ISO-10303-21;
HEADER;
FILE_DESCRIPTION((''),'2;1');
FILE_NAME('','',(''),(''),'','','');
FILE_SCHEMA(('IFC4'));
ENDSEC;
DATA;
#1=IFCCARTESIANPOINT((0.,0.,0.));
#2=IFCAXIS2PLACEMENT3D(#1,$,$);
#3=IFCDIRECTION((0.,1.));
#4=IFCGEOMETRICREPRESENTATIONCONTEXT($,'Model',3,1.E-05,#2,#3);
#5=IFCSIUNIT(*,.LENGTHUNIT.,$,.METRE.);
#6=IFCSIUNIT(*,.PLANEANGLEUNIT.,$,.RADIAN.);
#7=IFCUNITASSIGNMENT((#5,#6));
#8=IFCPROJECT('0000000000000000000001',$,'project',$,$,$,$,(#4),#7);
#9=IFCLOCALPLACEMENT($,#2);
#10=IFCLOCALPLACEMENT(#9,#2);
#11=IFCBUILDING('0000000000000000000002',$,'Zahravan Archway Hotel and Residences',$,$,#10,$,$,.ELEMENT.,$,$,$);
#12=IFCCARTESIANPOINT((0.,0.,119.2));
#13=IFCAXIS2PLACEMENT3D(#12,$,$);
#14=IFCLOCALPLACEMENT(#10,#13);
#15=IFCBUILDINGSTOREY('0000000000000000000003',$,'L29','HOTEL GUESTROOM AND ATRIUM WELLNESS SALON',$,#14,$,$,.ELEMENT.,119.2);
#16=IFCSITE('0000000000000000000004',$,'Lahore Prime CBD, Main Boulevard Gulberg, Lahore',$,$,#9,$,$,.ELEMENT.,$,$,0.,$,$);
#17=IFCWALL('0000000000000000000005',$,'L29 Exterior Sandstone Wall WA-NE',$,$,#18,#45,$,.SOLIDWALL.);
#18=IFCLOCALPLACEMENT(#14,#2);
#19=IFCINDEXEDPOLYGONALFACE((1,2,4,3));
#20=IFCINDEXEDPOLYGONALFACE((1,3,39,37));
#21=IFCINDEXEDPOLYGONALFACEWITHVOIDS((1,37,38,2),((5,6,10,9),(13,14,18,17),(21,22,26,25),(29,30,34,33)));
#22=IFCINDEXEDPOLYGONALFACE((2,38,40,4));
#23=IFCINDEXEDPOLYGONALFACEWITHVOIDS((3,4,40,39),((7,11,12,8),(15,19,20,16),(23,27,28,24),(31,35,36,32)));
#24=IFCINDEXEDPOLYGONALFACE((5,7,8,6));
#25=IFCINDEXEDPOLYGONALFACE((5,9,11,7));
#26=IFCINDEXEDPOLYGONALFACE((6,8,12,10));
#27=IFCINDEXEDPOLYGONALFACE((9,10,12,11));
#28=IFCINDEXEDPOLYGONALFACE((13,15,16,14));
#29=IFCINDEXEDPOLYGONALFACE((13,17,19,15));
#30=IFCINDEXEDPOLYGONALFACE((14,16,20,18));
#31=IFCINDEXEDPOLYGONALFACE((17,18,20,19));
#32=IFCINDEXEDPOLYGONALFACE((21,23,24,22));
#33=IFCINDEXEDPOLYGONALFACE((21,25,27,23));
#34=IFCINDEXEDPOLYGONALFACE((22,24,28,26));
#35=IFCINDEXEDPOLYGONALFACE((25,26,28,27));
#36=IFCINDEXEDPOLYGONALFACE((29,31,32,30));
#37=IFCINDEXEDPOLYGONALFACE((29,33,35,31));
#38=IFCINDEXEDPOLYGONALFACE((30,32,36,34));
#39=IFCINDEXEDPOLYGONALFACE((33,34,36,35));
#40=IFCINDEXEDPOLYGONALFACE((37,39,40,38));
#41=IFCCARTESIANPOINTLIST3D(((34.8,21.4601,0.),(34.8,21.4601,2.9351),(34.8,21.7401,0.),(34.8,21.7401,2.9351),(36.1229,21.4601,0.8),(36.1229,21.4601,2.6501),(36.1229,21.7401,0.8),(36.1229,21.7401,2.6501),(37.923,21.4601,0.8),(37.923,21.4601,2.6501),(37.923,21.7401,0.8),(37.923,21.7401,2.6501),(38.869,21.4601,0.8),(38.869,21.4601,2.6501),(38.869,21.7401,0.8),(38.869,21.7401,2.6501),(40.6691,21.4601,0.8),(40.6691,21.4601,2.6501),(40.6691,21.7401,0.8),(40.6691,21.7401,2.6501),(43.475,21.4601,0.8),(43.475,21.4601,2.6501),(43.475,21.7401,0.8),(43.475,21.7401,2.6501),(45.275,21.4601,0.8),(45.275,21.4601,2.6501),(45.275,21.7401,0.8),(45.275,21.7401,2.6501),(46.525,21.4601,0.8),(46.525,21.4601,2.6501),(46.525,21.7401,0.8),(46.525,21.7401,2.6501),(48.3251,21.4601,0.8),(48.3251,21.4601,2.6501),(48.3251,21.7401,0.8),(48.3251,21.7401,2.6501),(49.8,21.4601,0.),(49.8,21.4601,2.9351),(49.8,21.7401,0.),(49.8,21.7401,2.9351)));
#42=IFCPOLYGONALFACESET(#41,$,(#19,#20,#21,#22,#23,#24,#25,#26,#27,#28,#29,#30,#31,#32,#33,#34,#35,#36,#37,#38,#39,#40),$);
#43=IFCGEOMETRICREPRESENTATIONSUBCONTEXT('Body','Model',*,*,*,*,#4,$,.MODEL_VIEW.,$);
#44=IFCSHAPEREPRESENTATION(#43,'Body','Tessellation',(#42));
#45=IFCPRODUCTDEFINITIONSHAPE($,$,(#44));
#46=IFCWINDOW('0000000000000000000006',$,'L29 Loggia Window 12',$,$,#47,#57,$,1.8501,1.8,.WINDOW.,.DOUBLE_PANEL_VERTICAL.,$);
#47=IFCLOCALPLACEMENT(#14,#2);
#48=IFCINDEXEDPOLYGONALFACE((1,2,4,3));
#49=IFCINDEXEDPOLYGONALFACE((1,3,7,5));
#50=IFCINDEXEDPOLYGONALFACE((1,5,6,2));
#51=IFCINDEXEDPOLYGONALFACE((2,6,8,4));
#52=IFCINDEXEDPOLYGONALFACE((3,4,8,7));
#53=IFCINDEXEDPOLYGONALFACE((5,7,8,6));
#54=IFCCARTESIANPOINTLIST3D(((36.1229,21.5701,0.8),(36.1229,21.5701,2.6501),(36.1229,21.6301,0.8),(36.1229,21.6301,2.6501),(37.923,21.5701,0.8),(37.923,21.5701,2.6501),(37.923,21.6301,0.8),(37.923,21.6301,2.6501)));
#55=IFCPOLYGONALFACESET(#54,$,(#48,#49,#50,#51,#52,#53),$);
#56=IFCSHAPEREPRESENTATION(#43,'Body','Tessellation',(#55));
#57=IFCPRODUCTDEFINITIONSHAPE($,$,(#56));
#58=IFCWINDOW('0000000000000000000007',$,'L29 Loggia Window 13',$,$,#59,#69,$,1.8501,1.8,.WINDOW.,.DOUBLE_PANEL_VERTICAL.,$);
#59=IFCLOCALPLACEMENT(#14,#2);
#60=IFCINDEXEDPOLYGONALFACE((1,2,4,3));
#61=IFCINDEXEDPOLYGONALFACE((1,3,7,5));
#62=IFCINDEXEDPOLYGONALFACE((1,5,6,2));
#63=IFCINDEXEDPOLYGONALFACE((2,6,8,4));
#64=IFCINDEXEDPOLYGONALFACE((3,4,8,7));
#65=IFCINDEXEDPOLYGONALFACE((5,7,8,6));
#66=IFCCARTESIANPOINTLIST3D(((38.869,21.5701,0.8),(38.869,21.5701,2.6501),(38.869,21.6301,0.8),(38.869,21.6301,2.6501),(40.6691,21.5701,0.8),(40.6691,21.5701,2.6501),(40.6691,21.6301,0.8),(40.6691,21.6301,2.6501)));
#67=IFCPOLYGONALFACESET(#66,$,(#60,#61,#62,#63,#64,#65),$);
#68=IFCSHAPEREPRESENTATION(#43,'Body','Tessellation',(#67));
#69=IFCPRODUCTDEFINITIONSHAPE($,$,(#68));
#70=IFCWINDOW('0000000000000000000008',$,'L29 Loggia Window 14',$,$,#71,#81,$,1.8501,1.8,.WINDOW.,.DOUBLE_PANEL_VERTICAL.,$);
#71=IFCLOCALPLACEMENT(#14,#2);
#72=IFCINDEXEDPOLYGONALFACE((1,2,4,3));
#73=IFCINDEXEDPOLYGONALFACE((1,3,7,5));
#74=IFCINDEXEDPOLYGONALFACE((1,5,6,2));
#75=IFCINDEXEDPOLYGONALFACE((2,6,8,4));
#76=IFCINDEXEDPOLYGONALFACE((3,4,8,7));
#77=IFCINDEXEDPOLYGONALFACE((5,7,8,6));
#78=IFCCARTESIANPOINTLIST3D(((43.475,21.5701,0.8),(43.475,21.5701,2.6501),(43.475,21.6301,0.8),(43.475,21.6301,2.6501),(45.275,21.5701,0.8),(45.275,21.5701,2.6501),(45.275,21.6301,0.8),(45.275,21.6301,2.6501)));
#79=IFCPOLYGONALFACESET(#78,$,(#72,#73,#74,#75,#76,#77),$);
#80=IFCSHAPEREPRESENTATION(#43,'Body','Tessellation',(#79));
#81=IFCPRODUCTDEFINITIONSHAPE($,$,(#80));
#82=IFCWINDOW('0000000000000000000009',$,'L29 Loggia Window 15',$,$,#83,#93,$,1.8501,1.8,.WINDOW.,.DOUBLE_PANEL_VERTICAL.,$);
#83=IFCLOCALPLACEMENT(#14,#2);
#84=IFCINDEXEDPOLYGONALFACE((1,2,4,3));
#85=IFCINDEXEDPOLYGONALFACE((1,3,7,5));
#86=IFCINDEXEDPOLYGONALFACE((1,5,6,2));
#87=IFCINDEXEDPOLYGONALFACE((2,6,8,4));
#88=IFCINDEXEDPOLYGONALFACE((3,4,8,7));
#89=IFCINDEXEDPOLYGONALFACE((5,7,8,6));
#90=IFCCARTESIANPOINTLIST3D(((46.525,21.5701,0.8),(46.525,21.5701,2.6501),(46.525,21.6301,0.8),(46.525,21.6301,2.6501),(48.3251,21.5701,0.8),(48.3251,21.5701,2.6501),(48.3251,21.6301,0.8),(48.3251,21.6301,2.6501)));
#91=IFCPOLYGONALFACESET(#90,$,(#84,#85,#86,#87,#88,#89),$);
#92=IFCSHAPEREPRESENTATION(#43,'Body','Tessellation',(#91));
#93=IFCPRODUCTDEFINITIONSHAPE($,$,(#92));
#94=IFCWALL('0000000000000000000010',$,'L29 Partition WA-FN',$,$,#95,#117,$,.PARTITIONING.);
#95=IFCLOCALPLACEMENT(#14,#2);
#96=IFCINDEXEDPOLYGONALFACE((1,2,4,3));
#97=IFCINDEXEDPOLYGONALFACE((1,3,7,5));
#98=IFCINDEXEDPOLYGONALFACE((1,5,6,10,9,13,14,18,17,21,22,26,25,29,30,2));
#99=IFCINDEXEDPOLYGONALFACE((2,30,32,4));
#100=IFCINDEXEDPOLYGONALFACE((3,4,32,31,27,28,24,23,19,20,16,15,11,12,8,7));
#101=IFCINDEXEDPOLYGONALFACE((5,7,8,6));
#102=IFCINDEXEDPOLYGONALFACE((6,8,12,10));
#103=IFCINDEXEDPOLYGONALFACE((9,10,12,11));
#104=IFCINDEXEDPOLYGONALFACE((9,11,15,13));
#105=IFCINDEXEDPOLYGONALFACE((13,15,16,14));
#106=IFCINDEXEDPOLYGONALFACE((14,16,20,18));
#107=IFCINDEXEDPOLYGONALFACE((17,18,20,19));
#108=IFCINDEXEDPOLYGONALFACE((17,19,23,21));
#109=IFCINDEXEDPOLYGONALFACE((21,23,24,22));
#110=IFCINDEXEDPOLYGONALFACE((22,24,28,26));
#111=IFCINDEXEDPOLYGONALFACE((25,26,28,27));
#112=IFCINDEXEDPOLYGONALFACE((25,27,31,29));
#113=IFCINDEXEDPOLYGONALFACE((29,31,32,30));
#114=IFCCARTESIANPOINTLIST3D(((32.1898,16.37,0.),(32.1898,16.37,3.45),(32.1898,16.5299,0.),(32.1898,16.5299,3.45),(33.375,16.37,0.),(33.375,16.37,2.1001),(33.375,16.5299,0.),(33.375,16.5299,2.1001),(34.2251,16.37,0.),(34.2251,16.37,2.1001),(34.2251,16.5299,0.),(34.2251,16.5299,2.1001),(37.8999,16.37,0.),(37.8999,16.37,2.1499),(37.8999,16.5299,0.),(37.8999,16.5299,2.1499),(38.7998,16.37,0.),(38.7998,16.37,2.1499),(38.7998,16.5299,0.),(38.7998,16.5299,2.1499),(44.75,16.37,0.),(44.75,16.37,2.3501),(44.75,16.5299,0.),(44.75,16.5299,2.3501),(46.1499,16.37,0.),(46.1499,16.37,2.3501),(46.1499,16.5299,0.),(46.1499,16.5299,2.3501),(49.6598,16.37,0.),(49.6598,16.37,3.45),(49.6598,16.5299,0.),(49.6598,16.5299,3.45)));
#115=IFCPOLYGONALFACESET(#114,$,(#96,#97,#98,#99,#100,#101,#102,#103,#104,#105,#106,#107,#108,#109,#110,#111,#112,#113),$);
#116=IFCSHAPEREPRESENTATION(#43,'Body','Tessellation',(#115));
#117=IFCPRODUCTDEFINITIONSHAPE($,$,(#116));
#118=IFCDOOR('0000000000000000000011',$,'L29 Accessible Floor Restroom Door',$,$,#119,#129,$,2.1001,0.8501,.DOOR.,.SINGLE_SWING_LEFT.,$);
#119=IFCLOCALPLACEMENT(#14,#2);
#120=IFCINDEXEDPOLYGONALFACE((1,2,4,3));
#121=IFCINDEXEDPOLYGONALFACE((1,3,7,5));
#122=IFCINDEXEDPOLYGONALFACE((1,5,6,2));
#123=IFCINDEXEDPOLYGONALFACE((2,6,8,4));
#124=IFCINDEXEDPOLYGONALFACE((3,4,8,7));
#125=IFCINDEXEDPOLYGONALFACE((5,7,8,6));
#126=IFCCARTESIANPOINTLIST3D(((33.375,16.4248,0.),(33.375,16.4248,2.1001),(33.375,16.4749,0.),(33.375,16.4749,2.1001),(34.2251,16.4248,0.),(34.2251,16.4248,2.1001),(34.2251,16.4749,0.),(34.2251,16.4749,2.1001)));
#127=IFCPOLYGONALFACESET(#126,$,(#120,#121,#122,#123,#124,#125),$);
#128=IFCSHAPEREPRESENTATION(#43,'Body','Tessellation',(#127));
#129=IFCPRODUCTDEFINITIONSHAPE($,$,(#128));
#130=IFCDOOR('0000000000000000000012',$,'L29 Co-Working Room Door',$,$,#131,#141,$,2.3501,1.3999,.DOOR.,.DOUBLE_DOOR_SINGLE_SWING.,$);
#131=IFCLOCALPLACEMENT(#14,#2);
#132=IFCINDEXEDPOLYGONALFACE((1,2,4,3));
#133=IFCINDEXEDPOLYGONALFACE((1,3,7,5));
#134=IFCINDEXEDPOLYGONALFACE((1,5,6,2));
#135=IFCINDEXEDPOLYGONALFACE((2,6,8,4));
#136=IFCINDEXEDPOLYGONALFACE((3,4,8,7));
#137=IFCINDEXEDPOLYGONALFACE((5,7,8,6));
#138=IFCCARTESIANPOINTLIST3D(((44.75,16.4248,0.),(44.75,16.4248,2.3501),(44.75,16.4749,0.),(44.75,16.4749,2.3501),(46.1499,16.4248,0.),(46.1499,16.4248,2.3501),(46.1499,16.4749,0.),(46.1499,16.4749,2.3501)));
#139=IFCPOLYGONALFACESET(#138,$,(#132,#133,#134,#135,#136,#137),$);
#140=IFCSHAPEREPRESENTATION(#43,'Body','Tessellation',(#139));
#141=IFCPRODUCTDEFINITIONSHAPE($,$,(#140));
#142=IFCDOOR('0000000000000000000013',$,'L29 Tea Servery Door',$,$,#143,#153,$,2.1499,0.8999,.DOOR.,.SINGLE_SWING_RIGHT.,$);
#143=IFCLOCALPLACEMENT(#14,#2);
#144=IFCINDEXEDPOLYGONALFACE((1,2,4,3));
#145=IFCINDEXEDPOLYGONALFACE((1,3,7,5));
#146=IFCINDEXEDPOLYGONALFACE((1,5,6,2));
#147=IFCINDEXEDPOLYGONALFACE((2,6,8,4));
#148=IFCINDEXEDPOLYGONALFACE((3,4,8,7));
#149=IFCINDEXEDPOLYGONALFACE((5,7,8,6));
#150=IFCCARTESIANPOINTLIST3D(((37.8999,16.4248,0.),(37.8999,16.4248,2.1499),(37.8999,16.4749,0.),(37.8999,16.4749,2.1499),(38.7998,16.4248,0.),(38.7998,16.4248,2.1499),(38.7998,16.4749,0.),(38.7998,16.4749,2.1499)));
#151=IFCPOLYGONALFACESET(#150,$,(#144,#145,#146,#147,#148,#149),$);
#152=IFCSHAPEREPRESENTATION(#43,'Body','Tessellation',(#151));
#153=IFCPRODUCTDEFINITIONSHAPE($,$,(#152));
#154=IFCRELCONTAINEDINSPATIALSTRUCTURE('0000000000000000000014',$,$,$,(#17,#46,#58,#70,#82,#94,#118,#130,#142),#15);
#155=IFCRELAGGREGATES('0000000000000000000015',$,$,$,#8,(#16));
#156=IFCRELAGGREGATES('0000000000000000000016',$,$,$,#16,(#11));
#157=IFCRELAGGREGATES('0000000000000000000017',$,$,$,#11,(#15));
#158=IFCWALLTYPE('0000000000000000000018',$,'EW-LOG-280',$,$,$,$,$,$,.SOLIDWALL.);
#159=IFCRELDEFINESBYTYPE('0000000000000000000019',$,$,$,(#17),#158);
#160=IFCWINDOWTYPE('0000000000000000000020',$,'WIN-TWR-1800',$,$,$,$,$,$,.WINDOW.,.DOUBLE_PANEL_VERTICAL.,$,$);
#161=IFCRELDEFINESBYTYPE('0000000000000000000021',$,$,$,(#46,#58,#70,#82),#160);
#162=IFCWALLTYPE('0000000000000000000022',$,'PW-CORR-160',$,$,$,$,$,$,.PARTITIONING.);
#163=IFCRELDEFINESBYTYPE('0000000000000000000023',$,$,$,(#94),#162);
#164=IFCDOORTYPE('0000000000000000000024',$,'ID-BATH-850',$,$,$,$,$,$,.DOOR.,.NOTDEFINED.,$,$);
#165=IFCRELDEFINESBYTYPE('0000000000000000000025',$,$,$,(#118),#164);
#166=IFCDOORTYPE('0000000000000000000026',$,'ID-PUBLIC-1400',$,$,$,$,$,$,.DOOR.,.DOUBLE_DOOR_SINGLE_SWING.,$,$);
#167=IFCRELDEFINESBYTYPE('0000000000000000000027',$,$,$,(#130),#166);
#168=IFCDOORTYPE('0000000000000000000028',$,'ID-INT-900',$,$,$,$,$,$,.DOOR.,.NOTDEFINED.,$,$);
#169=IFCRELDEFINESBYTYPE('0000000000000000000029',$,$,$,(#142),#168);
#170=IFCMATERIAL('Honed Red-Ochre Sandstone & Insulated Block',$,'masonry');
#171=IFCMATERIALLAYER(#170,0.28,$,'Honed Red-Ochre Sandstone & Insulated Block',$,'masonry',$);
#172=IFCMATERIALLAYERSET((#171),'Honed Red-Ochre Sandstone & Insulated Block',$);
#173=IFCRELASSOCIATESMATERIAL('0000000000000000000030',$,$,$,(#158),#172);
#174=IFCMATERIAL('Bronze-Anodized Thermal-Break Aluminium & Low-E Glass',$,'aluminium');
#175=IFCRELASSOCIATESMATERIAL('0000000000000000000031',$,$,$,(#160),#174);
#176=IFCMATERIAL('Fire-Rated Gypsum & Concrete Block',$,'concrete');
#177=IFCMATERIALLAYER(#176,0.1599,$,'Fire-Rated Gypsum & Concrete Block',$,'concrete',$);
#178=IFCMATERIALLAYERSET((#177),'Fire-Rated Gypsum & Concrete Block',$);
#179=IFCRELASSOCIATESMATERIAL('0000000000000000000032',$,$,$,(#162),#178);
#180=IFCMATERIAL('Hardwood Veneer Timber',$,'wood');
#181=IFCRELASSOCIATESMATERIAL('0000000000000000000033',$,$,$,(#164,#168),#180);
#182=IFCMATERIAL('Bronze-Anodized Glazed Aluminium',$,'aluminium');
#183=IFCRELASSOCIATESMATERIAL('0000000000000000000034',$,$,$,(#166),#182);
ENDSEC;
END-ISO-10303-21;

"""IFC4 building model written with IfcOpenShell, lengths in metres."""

from ifc_helpers import new_model, si_unit, direction, frame, frame_2d, origin, place, context, subcontext, project, spatial, rectangle, extrude, source, transform, mapped, material, layer, layer_set, type_object, type_shapes, element, fill, save


model = new_model("IFC4")

# Units and contexts
model_context = context("Model", 3, precision=1e-05, world=origin(), true_north=direction((0.0, 1.0)))
body_context = subcontext(model_context, "Body", "Model", "MODEL_VIEW")
ifc_project = project(units=[si_unit("LENGTHUNIT", "METRE"), si_unit("PLANEANGLEUNIT", "RADIAN")], contexts=[model_context])

# Site, building, storey
site_placement = place(None, origin())
site = spatial("IfcSite", under=ifc_project, at=site_placement, Name="Lahore Prime CBD, Main Boulevard Gulberg, Lahore", CompositionType="ELEMENT", RefElevation=0.0)
building_placement = place(site_placement, origin())
building = spatial("IfcBuilding", under=site, at=building_placement, Name="Zahravan Archway Hotel and Residences", CompositionType="ELEMENT")
storey_placement = place(building_placement, frame((0.0, 0.0, 119.2)))
storey = spatial("IfcBuildingStorey", under=building, at=storey_placement, Name="L29", Description="HOTEL GUESTROOM AND ATRIUM WELLNESS SALON", CompositionType="ELEMENT", Elevation=119.2)

# Wall, openings, windows
ifc_material_1 = material(Name="Honed Red-Ochre Sandstone & Insulated Block", Category="masonry")
ifc_layer_1 = layer(ifc_material_1, 0.28, Name="Honed Red-Ochre Sandstone & Insulated Block", Category="masonry")
ifc_layer_set_1 = layer_set([ifc_layer_1], Name="Honed Red-Ochre Sandstone & Insulated Block")
wall_type_1 = type_object("IfcWallType", Name="EW-LOG-280", PredefinedType="SOLIDWALL", material=ifc_layer_set_1)
wall_1_placement = place(storey_placement, frame((34.8, 21.6001, 0.0), z_axis=(0.0, 0.0, 1.0), x_axis=(1.0, 0.0, 0.0)))
wall_1 = element("IfcWall", 1, at=wall_1_placement, inside=storey, type_object=wall_type_1, Name="L29 Exterior Sandstone Wall WA-NE", PredefinedType="SOLIDWALL", context=body_context, shape_type="SweptSolid", body=[
    extrude(rectangle(XDim=15.0, YDim=0.28, at=frame_2d((7.5, 0.0))), origin(), (0.0, 0.0, 1.0), 2.9351),
])
opening_1_placement = place(wall_1_placement, frame((1.323, 0.0, 0.8)))
opening_1 = element("IfcOpeningElement", 2, at=opening_1_placement, cuts=wall_1, PredefinedType="OPENING", context=body_context, shape_type="SweptSolid", body=[
    extrude(rectangle(XDim=1.8, YDim=1.8501, at=frame_2d((0.8999, 0.925))), frame((0.0, 0.1499, 0.0), z_axis=(0.0, -1.0, 0.0), x_axis=(1.0, 0.0, 0.0)), (0.0, 0.0, 1.0), 0.3),
])
opening_2_placement = place(wall_1_placement, frame((4.0691, 0.0, 0.8)))
opening_2 = element("IfcOpeningElement", 3, at=opening_2_placement, cuts=wall_1, PredefinedType="OPENING", context=body_context, shape_type="SweptSolid", body=[
    extrude(rectangle(XDim=1.8, YDim=1.8501, at=frame_2d((0.8999, 0.925))), frame((0.0, 0.1499, 0.0), z_axis=(0.0, -1.0, 0.0), x_axis=(1.0, 0.0, 0.0)), (0.0, 0.0, 1.0), 0.3),
])
opening_3_placement = place(wall_1_placement, frame((8.675, 0.0, 0.8)))
opening_3 = element("IfcOpeningElement", 4, at=opening_3_placement, cuts=wall_1, PredefinedType="OPENING", context=body_context, shape_type="SweptSolid", body=[
    extrude(rectangle(XDim=1.8, YDim=1.8501, at=frame_2d((0.8999, 0.925))), frame((0.0, 0.1499, 0.0), z_axis=(0.0, -1.0, 0.0), x_axis=(1.0, 0.0, 0.0)), (0.0, 0.0, 1.0), 0.3),
])
opening_4_placement = place(wall_1_placement, frame((11.7251, 0.0, 0.8)))
opening_4 = element("IfcOpeningElement", 5, at=opening_4_placement, cuts=wall_1, PredefinedType="OPENING", context=body_context, shape_type="SweptSolid", body=[
    extrude(rectangle(XDim=1.8, YDim=1.8501, at=frame_2d((0.8999, 0.925))), frame((0.0, 0.1499, 0.0), z_axis=(0.0, -1.0, 0.0), x_axis=(1.0, 0.0, 0.0)), (0.0, 0.0, 1.0), 0.3),
])
ifc_material_2 = material(Name="Bronze-Anodized Thermal-Break Aluminium & Low-E Glass", Category="aluminium")
window_type = type_object("IfcWindowType", Name="WIN-TWR-1800", PartitioningType="DOUBLE_PANEL_VERTICAL", PredefinedType="WINDOW", material=ifc_material_2)
shared_shape_1 = source(origin(), body_context, "Body", "SweptSolid", [
    extrude(rectangle(XDim=1.8, YDim=1.8501, at=frame_2d((0.8999, 0.925))), frame((0.0, 0.03, 0.0), z_axis=(0.0, -1.0, 0.0), x_axis=(1.0, 0.0, 0.0)), (0.0, 0.0, 1.0), 0.0601),
])
type_shapes(window_type, [shared_shape_1])
window_1_placement = place(opening_1_placement, origin())
window_1 = element("IfcWindow", 6, at=window_1_placement, inside=storey, type_object=window_type, Name="L29 Loggia Window 12", OverallHeight=1.8501, OverallWidth=1.8, PartitioningType="DOUBLE_PANEL_VERTICAL", PredefinedType="WINDOW", context=body_context, shape_type="MappedRepresentation", body=[
    mapped(shared_shape_1, transform((0.0, 0.0, 0.0), scale=1.0)),
])
fill(opening_1, window_1)
window_2_placement = place(opening_2_placement, origin())
window_2 = element("IfcWindow", 7, at=window_2_placement, inside=storey, type_object=window_type, Name="L29 Loggia Window 13", OverallHeight=1.8501, OverallWidth=1.8, PartitioningType="DOUBLE_PANEL_VERTICAL", PredefinedType="WINDOW", context=body_context, shape_type="MappedRepresentation", body=[
    mapped(shared_shape_1, transform((0.0, 0.0, 0.0), scale=1.0)),
])
fill(opening_2, window_2)
window_3_placement = place(opening_3_placement, origin())
window_3 = element("IfcWindow", 8, at=window_3_placement, inside=storey, type_object=window_type, Name="L29 Loggia Window 14", OverallHeight=1.8501, OverallWidth=1.8, PartitioningType="DOUBLE_PANEL_VERTICAL", PredefinedType="WINDOW", context=body_context, shape_type="MappedRepresentation", body=[
    mapped(shared_shape_1, transform((0.0, 0.0, 0.0), scale=1.0)),
])
fill(opening_3, window_3)
window_4_placement = place(opening_4_placement, origin())
window_4 = element("IfcWindow", 9, at=window_4_placement, inside=storey, type_object=window_type, Name="L29 Loggia Window 15", OverallHeight=1.8501, OverallWidth=1.8, PartitioningType="DOUBLE_PANEL_VERTICAL", PredefinedType="WINDOW", context=body_context, shape_type="MappedRepresentation", body=[
    mapped(shared_shape_1, transform((0.0, 0.0, 0.0), scale=1.0)),
])
fill(opening_4, window_4)

# Wall, openings, doors
ifc_material_3 = material(Name="Fire-Rated Gypsum & Concrete Block", Category="concrete")
ifc_layer_2 = layer(ifc_material_3, 0.1599, Name="Fire-Rated Gypsum & Concrete Block", Category="concrete")
ifc_layer_set_2 = layer_set([ifc_layer_2], Name="Fire-Rated Gypsum & Concrete Block")
wall_type_2 = type_object("IfcWallType", Name="PW-CORR-160", PredefinedType="PARTITIONING", material=ifc_layer_set_2)
wall_2_placement = place(storey_placement, frame((32.1899, 16.45, 0.0), z_axis=(0.0, 0.0, 1.0), x_axis=(1.0, 0.0, 0.0)))
wall_2 = element("IfcWall", 10, at=wall_2_placement, inside=storey, type_object=wall_type_2, Name="L29 Partition WA-FN", PredefinedType="PARTITIONING", context=body_context, shape_type="SweptSolid", body=[
    extrude(rectangle(XDim=17.47, YDim=0.1599, at=frame_2d((8.7349, 0.0))), origin(), (0.0, 0.0, 1.0), 3.45),
])
opening_5_placement = place(wall_2_placement, frame((1.1851, 0.0, 0.0)))
opening_5 = element("IfcOpeningElement", 11, at=opening_5_placement, cuts=wall_2, PredefinedType="OPENING", context=body_context, shape_type="SweptSolid", body=[
    extrude(rectangle(XDim=0.8501, YDim=2.1001, at=frame_2d((0.425, 1.05))), frame((0.0, 0.0898, 0.0), z_axis=(0.0, -1.0, 0.0), x_axis=(1.0, 0.0, 0.0)), (0.0, 0.0, 1.0), 0.1799),
])
opening_6_placement = place(wall_2_placement, frame((5.71, 0.0, 0.0)))
opening_6 = element("IfcOpeningElement", 12, at=opening_6_placement, cuts=wall_2, PredefinedType="OPENING", context=body_context, shape_type="SweptSolid", body=[
    extrude(rectangle(XDim=0.8999, YDim=2.1499, at=frame_2d((0.45, 1.075))), frame((0.0, 0.0898, 0.0), z_axis=(0.0, -1.0, 0.0), x_axis=(1.0, 0.0, 0.0)), (0.0, 0.0, 1.0), 0.1799),
])
opening_7_placement = place(wall_2_placement, frame((12.5601, 0.0, 0.0)))
opening_7 = element("IfcOpeningElement", 13, at=opening_7_placement, cuts=wall_2, PredefinedType="OPENING", context=body_context, shape_type="SweptSolid", body=[
    extrude(rectangle(XDim=1.3999, YDim=2.3501, at=frame_2d((0.7, 1.175))), frame((0.0, 0.0898, 0.0), z_axis=(0.0, -1.0, 0.0), x_axis=(1.0, 0.0, 0.0)), (0.0, 0.0, 1.0), 0.1799),
])
ifc_material_4 = material(Name="Hardwood Veneer Timber", Category="wood")
door_type_1 = type_object("IfcDoorType", Name="ID-BATH-850", OperationType="NOTDEFINED", PredefinedType="DOOR", material=ifc_material_4)
shared_shape_2 = source(origin(), body_context, "Body", "SweptSolid", [
    extrude(rectangle(XDim=0.8501, YDim=2.1001, at=frame_2d((0.425, 1.05))), frame((0.0, 0.0249, 0.0), z_axis=(0.0, -1.0, 0.0), x_axis=(1.0, 0.0, 0.0)), (0.0, 0.0, 1.0), 0.05),
])
type_shapes(door_type_1, [shared_shape_2])
door_1_placement = place(opening_5_placement, origin())
door_1 = element("IfcDoor", 14, at=door_1_placement, inside=storey, type_object=door_type_1, Name="L29 Accessible Floor Restroom Door", OperationType="SINGLE_SWING_LEFT", OverallHeight=2.1001, OverallWidth=0.8501, PredefinedType="DOOR", context=body_context, shape_type="MappedRepresentation", body=[
    mapped(shared_shape_2, transform((0.0, 0.0, 0.0), scale=1.0)),
])
fill(opening_5, door_1)
ifc_material_5 = material(Name="Bronze-Anodized Glazed Aluminium", Category="aluminium")
door_type_2 = type_object("IfcDoorType", Name="ID-PUBLIC-1400", OperationType="DOUBLE_DOOR_SINGLE_SWING", PredefinedType="DOOR", material=ifc_material_5)
shared_shape_3 = source(origin(), body_context, "Body", "SweptSolid", [
    extrude(rectangle(XDim=1.3999, YDim=2.3501, at=frame_2d((0.7, 1.175))), frame((0.0, 0.0249, 0.0), z_axis=(0.0, -1.0, 0.0), x_axis=(1.0, 0.0, 0.0)), (0.0, 0.0, 1.0), 0.05),
])
type_shapes(door_type_2, [shared_shape_3])
door_2_placement = place(opening_7_placement, origin())
door_2 = element("IfcDoor", 15, at=door_2_placement, inside=storey, type_object=door_type_2, Name="L29 Co-Working Room Door", OperationType="DOUBLE_DOOR_SINGLE_SWING", OverallHeight=2.3501, OverallWidth=1.3999, PredefinedType="DOOR", context=body_context, shape_type="MappedRepresentation", body=[
    mapped(shared_shape_3, transform((0.0, 0.0, 0.0), scale=1.0)),
])
fill(opening_7, door_2)
door_type_3 = type_object("IfcDoorType", Name="ID-INT-900", OperationType="NOTDEFINED", PredefinedType="DOOR", material=ifc_material_4)
shared_shape_4 = source(origin(), body_context, "Body", "SweptSolid", [
    extrude(rectangle(XDim=0.8999, YDim=2.1499, at=frame_2d((0.45, 1.075))), frame((0.0, 0.0249, 0.0), z_axis=(0.0, -1.0, 0.0), x_axis=(1.0, 0.0, 0.0)), (0.0, 0.0, 1.0), 0.05),
])
type_shapes(door_type_3, [shared_shape_4])
door_3_placement = place(opening_6_placement, origin())
door_3 = element("IfcDoor", 16, at=door_3_placement, inside=storey, type_object=door_type_3, Name="L29 Tea Servery Door", OperationType="SINGLE_SWING_RIGHT", OverallHeight=2.1499, OverallWidth=0.8999, PredefinedType="DOOR", context=body_context, shape_type="MappedRepresentation", body=[
    mapped(shared_shape_4, transform((0.0, 0.0, 0.0), scale=1.0)),
])
fill(opening_6, door_3)

save(model, "model.ifc")
